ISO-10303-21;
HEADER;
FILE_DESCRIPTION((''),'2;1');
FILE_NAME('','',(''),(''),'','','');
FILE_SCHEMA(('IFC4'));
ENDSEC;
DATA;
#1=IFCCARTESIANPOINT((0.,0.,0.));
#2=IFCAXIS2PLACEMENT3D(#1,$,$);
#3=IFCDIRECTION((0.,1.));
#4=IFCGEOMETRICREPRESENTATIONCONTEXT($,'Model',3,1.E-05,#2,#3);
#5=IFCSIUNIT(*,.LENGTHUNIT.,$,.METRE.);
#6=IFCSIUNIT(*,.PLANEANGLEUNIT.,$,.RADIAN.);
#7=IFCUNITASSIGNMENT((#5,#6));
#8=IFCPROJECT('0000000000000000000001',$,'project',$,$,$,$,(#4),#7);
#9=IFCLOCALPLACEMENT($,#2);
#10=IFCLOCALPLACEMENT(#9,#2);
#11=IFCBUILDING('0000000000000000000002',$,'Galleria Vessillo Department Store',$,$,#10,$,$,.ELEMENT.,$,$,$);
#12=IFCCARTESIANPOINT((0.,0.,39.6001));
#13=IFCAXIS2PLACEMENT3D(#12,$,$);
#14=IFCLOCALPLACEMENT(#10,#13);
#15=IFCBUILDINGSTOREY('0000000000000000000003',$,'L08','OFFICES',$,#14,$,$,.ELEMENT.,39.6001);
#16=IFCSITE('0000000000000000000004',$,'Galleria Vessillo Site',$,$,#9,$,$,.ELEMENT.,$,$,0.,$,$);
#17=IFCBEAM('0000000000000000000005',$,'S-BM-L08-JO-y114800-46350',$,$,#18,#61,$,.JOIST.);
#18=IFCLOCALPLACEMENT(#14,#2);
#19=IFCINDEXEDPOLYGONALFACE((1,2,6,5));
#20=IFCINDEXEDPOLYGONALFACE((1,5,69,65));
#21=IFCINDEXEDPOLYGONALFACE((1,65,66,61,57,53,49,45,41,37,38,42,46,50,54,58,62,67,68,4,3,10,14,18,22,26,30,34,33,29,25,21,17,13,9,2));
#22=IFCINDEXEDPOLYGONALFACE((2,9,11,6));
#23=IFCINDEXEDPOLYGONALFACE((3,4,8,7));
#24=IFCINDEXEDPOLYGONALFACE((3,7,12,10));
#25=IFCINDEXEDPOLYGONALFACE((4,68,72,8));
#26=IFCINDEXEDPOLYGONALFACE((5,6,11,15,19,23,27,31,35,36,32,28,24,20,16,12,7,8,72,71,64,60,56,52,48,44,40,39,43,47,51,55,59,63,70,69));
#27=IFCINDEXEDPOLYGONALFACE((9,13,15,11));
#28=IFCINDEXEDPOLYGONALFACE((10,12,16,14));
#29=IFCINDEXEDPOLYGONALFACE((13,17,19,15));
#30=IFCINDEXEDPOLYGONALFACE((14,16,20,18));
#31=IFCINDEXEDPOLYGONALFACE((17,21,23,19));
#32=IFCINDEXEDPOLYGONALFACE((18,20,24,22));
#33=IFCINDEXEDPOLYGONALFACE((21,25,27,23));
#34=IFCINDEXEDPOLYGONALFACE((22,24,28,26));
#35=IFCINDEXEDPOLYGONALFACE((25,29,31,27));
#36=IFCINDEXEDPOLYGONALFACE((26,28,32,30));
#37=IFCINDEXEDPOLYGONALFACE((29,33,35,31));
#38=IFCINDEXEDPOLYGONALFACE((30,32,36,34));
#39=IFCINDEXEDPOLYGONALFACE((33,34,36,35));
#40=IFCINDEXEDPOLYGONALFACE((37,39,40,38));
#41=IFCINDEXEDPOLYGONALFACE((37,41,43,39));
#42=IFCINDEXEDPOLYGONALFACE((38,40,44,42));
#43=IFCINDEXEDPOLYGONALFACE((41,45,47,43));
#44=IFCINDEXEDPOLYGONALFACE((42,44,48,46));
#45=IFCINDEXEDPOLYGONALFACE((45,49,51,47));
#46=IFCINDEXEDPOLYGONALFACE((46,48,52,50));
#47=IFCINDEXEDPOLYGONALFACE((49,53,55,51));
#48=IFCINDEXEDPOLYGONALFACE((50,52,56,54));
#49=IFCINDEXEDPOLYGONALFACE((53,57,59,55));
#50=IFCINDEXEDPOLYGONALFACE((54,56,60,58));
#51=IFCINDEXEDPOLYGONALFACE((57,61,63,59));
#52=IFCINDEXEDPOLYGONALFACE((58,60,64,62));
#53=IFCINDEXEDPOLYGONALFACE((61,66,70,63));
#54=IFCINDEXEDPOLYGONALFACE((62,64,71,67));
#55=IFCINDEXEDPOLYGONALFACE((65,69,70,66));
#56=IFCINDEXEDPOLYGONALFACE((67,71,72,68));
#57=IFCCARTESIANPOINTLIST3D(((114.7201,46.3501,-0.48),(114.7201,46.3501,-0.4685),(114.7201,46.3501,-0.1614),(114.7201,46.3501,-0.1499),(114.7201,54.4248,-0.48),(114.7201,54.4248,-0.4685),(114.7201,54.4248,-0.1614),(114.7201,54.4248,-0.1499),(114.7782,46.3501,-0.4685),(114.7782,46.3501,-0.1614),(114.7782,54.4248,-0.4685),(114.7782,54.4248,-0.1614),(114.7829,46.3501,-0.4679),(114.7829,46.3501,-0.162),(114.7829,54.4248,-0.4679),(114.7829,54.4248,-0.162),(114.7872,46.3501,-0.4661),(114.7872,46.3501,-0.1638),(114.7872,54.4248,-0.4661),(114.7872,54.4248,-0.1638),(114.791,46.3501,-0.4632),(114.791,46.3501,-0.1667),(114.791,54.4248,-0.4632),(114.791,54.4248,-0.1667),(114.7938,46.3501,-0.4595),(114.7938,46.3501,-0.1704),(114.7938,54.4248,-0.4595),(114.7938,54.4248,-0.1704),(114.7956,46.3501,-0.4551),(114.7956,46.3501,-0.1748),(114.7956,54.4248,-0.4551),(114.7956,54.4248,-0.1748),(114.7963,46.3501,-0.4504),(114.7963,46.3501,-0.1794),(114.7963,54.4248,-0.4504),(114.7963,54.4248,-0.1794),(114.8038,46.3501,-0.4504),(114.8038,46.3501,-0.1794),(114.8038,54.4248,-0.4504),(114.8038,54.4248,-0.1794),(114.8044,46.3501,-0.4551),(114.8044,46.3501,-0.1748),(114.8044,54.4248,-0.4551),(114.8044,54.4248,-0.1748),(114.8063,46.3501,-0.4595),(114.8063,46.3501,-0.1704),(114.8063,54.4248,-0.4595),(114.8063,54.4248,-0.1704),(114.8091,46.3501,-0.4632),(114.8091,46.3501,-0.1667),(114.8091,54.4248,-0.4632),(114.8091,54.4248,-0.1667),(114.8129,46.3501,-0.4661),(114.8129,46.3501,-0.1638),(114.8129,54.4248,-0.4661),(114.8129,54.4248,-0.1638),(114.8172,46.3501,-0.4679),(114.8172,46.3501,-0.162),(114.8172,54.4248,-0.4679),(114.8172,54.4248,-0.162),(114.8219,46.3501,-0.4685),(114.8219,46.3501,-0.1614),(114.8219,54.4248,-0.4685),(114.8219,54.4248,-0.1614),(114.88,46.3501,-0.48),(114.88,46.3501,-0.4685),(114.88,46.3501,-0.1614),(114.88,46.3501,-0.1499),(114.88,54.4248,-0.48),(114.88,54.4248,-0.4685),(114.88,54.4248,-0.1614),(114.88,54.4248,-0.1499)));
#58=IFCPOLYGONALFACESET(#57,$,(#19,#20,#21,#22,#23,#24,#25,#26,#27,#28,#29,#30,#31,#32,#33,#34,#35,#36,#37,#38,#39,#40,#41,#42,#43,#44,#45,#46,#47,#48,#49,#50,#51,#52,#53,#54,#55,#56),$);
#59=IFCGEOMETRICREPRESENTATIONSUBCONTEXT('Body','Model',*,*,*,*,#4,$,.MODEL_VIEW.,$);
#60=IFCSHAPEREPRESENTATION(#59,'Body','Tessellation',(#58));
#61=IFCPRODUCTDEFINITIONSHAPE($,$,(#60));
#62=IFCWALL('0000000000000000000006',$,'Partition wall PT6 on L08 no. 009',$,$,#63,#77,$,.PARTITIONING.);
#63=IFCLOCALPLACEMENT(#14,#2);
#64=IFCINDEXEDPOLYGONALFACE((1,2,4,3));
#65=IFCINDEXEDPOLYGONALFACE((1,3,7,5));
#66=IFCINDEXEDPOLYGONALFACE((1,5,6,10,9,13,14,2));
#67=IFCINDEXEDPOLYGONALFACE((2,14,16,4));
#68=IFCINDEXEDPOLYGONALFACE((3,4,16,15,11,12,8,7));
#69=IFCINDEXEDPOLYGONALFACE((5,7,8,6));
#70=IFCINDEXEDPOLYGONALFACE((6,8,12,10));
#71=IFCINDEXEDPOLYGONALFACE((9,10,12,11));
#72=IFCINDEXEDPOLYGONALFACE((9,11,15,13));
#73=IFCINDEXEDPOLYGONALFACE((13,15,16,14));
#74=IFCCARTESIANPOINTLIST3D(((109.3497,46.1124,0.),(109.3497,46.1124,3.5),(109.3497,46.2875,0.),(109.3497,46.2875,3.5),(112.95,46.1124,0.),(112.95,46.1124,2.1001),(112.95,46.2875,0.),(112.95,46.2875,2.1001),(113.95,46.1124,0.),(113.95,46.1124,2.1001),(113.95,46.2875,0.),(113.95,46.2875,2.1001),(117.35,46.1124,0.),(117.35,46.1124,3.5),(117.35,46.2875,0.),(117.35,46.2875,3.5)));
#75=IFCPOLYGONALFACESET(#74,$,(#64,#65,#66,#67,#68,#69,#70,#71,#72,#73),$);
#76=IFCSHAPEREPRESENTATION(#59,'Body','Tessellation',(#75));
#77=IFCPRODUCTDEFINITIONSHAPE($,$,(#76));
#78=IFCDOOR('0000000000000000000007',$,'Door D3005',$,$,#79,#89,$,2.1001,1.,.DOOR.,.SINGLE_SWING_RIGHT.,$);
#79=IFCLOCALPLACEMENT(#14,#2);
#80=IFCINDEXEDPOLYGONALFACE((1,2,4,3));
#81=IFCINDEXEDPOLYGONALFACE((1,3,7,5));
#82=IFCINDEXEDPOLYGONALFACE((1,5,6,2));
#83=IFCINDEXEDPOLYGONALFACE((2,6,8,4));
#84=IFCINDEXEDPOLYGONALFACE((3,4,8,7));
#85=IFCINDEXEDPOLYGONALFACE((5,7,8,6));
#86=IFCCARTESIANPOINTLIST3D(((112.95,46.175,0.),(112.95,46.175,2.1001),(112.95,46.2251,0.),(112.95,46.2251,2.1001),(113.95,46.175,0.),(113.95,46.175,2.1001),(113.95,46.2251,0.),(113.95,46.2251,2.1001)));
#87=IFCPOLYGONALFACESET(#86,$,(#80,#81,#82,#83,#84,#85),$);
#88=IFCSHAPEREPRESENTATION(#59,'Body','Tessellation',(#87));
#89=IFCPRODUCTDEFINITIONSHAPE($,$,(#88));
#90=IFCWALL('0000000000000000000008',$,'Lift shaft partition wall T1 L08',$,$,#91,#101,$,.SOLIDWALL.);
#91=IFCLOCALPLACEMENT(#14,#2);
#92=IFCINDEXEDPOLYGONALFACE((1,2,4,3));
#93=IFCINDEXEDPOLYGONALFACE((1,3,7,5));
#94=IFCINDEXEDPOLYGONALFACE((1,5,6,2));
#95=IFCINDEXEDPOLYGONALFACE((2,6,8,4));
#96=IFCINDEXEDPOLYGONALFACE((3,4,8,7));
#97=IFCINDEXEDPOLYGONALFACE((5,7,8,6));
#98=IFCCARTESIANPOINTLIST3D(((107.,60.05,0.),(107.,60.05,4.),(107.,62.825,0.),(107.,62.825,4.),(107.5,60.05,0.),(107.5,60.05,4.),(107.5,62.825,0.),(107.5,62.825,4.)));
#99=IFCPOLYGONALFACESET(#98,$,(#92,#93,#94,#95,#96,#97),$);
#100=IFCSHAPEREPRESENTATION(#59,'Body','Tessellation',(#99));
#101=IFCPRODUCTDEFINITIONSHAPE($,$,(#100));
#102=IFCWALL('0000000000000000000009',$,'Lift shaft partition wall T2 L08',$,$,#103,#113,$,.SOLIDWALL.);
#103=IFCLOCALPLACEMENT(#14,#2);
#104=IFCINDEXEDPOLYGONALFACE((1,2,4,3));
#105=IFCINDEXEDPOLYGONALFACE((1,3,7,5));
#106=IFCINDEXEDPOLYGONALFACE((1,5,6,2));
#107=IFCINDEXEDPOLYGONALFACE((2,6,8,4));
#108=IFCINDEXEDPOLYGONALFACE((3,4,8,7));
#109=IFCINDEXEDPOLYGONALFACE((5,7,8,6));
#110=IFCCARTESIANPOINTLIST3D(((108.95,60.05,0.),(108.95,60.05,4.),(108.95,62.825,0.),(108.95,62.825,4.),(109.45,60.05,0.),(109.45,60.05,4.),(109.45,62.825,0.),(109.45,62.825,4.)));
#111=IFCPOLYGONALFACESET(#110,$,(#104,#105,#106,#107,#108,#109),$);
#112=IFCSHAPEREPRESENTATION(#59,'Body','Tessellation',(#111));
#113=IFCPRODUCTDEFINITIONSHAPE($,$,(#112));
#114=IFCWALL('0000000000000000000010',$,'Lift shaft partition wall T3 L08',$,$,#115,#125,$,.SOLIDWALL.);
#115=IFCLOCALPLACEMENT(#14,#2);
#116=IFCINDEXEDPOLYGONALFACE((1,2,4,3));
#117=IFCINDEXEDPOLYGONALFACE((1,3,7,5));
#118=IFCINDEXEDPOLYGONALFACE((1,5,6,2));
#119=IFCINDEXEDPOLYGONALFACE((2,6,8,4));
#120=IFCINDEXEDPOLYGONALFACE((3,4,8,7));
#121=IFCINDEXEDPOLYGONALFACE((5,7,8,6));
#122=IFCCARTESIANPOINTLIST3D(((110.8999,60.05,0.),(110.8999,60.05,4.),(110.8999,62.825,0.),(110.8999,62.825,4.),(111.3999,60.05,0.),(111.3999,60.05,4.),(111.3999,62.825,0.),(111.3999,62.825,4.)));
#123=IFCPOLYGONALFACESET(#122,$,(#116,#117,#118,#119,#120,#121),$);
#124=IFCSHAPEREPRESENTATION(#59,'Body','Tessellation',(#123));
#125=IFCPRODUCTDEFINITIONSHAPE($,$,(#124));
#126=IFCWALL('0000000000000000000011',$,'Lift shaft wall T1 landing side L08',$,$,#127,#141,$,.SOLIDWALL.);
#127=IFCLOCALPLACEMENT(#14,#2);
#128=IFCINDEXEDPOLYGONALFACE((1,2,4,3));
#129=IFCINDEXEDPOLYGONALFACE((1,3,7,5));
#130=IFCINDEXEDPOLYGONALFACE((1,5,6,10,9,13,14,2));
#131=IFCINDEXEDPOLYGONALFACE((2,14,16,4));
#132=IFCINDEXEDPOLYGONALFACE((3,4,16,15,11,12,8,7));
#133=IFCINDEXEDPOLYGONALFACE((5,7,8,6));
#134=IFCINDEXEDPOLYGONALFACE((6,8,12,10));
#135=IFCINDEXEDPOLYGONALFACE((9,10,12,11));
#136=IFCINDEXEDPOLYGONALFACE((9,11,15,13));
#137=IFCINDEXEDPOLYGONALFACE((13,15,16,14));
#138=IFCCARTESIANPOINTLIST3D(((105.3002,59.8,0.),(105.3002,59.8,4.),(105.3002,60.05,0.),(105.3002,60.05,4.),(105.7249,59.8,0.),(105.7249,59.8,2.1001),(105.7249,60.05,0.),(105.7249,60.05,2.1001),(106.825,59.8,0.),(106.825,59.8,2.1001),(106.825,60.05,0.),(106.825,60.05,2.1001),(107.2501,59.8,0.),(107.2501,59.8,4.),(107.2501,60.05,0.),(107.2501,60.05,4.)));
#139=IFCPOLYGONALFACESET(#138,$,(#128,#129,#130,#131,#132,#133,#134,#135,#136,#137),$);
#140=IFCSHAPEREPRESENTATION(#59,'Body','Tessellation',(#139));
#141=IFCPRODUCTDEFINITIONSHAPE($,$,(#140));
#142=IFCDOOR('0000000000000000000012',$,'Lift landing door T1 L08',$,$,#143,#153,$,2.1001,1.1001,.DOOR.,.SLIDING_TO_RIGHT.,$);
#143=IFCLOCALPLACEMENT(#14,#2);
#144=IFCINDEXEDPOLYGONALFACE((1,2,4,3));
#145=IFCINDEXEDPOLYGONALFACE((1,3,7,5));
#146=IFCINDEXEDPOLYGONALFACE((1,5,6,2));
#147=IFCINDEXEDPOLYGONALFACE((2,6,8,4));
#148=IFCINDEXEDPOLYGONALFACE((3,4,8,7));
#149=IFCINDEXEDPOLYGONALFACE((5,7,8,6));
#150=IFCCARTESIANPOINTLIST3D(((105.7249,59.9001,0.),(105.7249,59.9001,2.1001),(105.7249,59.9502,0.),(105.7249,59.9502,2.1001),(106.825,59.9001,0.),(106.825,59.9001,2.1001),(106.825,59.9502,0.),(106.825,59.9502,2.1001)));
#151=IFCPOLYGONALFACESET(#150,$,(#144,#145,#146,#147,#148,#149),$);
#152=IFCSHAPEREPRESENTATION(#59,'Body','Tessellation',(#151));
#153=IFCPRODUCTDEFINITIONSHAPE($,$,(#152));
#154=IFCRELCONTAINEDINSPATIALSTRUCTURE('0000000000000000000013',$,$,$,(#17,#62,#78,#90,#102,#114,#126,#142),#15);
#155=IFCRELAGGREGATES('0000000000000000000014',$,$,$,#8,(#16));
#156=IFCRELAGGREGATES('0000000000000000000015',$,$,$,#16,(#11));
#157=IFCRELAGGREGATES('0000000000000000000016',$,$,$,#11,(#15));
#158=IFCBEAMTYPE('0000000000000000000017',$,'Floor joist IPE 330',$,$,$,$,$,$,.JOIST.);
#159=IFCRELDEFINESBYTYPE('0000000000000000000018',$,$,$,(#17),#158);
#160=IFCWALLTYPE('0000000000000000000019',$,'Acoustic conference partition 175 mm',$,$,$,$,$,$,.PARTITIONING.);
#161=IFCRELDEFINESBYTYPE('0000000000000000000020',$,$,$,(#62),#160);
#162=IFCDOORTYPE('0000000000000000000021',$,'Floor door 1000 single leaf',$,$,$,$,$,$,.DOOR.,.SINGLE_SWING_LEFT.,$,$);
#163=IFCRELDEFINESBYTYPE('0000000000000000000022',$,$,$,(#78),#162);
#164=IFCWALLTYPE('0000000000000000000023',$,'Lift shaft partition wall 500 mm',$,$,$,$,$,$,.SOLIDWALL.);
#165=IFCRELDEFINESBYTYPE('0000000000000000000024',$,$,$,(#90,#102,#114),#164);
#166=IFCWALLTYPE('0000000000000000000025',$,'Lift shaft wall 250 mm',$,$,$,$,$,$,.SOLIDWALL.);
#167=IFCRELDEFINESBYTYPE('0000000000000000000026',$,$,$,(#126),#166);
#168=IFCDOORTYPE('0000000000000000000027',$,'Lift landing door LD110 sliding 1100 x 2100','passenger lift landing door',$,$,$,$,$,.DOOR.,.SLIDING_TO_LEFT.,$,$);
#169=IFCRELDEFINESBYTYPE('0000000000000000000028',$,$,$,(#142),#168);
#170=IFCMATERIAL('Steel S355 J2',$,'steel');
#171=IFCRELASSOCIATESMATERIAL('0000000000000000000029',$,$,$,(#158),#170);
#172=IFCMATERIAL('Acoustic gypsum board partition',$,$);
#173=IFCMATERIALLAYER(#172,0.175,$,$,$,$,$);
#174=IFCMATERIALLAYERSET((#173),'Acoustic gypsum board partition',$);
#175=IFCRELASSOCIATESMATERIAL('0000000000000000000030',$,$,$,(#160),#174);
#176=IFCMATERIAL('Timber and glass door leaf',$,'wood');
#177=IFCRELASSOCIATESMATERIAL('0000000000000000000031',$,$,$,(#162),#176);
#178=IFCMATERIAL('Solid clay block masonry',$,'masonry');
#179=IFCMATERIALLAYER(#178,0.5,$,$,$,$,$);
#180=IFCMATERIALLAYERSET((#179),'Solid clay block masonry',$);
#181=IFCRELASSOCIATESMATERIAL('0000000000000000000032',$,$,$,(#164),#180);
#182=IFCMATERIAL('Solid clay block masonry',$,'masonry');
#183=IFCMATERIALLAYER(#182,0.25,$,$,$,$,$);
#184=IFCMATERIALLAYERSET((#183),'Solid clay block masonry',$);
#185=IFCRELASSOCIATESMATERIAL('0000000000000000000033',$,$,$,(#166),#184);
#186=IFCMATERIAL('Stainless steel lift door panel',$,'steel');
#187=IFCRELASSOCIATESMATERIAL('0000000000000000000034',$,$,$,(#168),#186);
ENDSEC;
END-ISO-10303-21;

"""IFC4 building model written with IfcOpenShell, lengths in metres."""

from ifc_helpers import new_model, si_unit, direction, frame, frame_2d, origin, origin_2d, place, context, subcontext, project, spatial, rectangle, i_section, extrude, material, layer, layer_set, material_profile, profile_set, type_object, element, fill, save


model = new_model("IFC4")

# Units and contexts
model_context = context("Model", 3, precision=1e-05, world=origin(), true_north=direction((0.0, 1.0)))
body_context = subcontext(model_context, "Body", "Model", "MODEL_VIEW")
ifc_project = project(units=[si_unit("LENGTHUNIT", "METRE"), si_unit("PLANEANGLEUNIT", "RADIAN")], contexts=[model_context])

# Site, building, storey
site_placement = place(None, origin())
site = spatial("IfcSite", under=ifc_project, at=site_placement, Name="Galleria Vessillo Site", CompositionType="ELEMENT", RefElevation=0.0)
building_placement = place(site_placement, origin())
building = spatial("IfcBuilding", under=site, at=building_placement, Name="Galleria Vessillo Department Store", CompositionType="ELEMENT")
storey_placement = place(building_placement, frame((0.0, 0.0, 39.6001)))
storey = spatial("IfcBuildingStorey", under=building, at=storey_placement, Name="L08", Description="OFFICES", CompositionType="ELEMENT", Elevation=39.6001)

# Beam
ifc_material_1 = material(Name="Steel S355 J2", Category="steel")
ifc_material_profile_1 = material_profile(ifc_material_1, i_section(OverallWidth=0.1599, OverallDepth=0.3301, WebThickness=0.0076, FlangeThickness=0.0115, FilletRadius=0.0181, at=origin_2d()), Name="IPE 330")
ifc_profile_set_1 = profile_set([ifc_material_profile_1], Name="Steel S355 J2")
beam_type_1 = type_object("IfcBeamType", Name="Floor joist IPE 330", PredefinedType="JOIST", material=ifc_profile_set_1)
for number, where, z_axis, x_axis, name in (
    (1, (114.8, 46.3501, -0.3149), (0.0, 1.0, 0.0), (-1.0, 0.0, 0.0), "S-BM-L08-JO-y114800-46350"),
):
    element("IfcBeam", number, at=place(storey_placement, frame(where, z_axis=z_axis, x_axis=x_axis)), inside=storey, type_object=beam_type_1, Name=name, PredefinedType="JOIST", context=body_context, shape_type="SweptSolid", body=[
        extrude(i_section(OverallWidth=0.1599, OverallDepth=0.3301, WebThickness=0.0076, FlangeThickness=0.0115, FilletRadius=0.0181, at=origin_2d()), origin(), (0.0, 0.0, 1.0), 8.0747),
    ])

# Wall, opening, door
ifc_material_2 = material(Name="Acoustic gypsum board partition")
ifc_layer_1 = layer(ifc_material_2, 0.175)
ifc_layer_set_1 = layer_set([ifc_layer_1], Name="Acoustic gypsum board partition")
wall_type_1 = type_object("IfcWallType", Name="Acoustic conference partition 175 mm", PredefinedType="PARTITIONING", material=ifc_layer_set_1)
wall_1_placement = place(storey_placement, frame((109.3499, 46.2, 0.0), z_axis=(0.0, 0.0, 1.0), x_axis=(1.0, 0.0, 0.0)))
wall_1 = element("IfcWall", 2, at=wall_1_placement, inside=storey, type_object=wall_type_1, Name="Partition wall PT6 on L08 no. 009", PredefinedType="PARTITIONING", context=body_context, shape_type="SweptSolid", body=[
    extrude(rectangle(XDim=8.0002, YDim=0.175, at=frame_2d((4.0, 0.0))), origin(), (0.0, 0.0, 1.0), 3.5),
])
opening_1_placement = place(wall_1_placement, frame((3.6001, 0.0, 0.0)))
opening_1 = element("IfcOpeningElement", 3, at=opening_1_placement, cuts=wall_1, PredefinedType="OPENING", context=body_context, shape_type="SweptSolid", body=[
    extrude(rectangle(XDim=1.0, YDim=2.1001, at=frame_2d((0.5, 1.05))), frame((0.0, 0.0977, 0.0), z_axis=(0.0, -1.0, 0.0), x_axis=(1.0, 0.0, 0.0)), (0.0, 0.0, 1.0), 0.1951),
])
ifc_material_3 = material(Name="Timber and glass door leaf", Category="wood")
door_type_1 = type_object("IfcDoorType", Name="Floor door 1000 single leaf", OperationType="SINGLE_SWING_LEFT", PredefinedType="DOOR", material=ifc_material_3)
door_1_placement = place(opening_1_placement, frame((1.0, 0.0, 0.0), z_axis=(0.0, 0.0, 1.0), x_axis=(-1.0, 0.0, 0.0)))
door_1 = element("IfcDoor", 4, at=door_1_placement, inside=storey, type_object=door_type_1, Name="Door D3005", OperationType="SINGLE_SWING_RIGHT", OverallHeight=2.1001, OverallWidth=1.0, PredefinedType="DOOR", context=body_context, shape_type="SweptSolid", body=[
    extrude(rectangle(XDim=1.0, YDim=2.1001, at=frame_2d((0.5, 1.05))), frame((0.0, 0.0249, 0.0), z_axis=(0.0, -1.0, 0.0), x_axis=(1.0, 0.0, 0.0)), (0.0, 0.0, 1.0), 0.05),
])
fill(opening_1, door_1)

# Walls
ifc_material_4 = material(Name="Solid clay block masonry", Category="masonry")
ifc_layer_2 = layer(ifc_material_4, 0.5)
ifc_layer_set_2 = layer_set([ifc_layer_2], Name="Solid clay block masonry")
wall_type_2 = type_object("IfcWallType", Name="Lift shaft partition wall 500 mm", PredefinedType="SOLIDWALL", material=ifc_layer_set_2)
for number, where, z_axis, x_axis, name in (
    (5, (107.25, 62.825, 0.0), (0.0, 0.0, 1.0), (0.0, -1.0, 0.0), "Lift shaft partition wall T1 L08"),
    (6, (109.2, 62.825, 0.0), (0.0, 0.0, 1.0), (0.0, -1.0, 0.0), "Lift shaft partition wall T2 L08"),
    (7, (111.1499, 62.825, 0.0), (0.0, 0.0, 1.0), (0.0, -1.0, 0.0), "Lift shaft partition wall T3 L08"),
):
    element("IfcWall", number, at=place(storey_placement, frame(where, z_axis=z_axis, x_axis=x_axis)), inside=storey, type_object=wall_type_2, Name=name, PredefinedType="SOLIDWALL", context=body_context, shape_type="SweptSolid", body=[
        extrude(rectangle(XDim=2.7749, YDim=0.5, at=frame_2d((1.3875, 0.0))), origin(), (0.0, 0.0, 1.0), 4.0),
    ])

# Wall, opening, door
ifc_material_5 = material(Name="Solid clay block masonry", Category="masonry")
ifc_layer_3 = layer(ifc_material_5, 0.25)
ifc_layer_set_3 = layer_set([ifc_layer_3], Name="Solid clay block masonry")
wall_type_3 = type_object("IfcWallType", Name="Lift shaft wall 250 mm", PredefinedType="SOLIDWALL", material=ifc_layer_set_3)
wall_2_placement = place(storey_placement, frame((105.3, 59.925, 0.0), z_axis=(0.0, 0.0, 1.0), x_axis=(1.0, 0.0, 0.0)))
wall_2 = element("IfcWall", 8, at=wall_2_placement, inside=storey, type_object=wall_type_3, Name="Lift shaft wall T1 landing side L08", PredefinedType="SOLIDWALL", context=body_context, shape_type="SweptSolid", body=[
    extrude(rectangle(XDim=1.95, YDim=0.25, at=frame_2d((0.9751, 0.0))), origin(), (0.0, 0.0, 1.0), 4.0),
])
opening_2_placement = place(wall_2_placement, frame((0.4248, 0.0, 0.0)))
opening_2 = element("IfcOpeningElement", 9, at=opening_2_placement, cuts=wall_2, PredefinedType="OPENING", context=body_context, shape_type="SweptSolid", body=[
    extrude(rectangle(XDim=1.1001, YDim=2.1001, at=frame_2d((0.55, 1.05))), frame((0.0, 0.135, 0.0), z_axis=(0.0, -1.0, 0.0), x_axis=(1.0, 0.0, 0.0)), (0.0, 0.0, 1.0), 0.27),
])
ifc_material_6 = material(Name="Stainless steel lift door panel", Category="steel")
door_type_2 = type_object("IfcDoorType", Name="Lift landing door LD110 sliding 1100 x 2100", Description="passenger lift landing door", OperationType="SLIDING_TO_LEFT", PredefinedType="DOOR", material=ifc_material_6)
door_2_placement = place(opening_2_placement, frame((1.1001, 0.0, 0.0), z_axis=(0.0, 0.0, 1.0), x_axis=(-1.0, 0.0, 0.0)))
door_2 = element("IfcDoor", 10, at=door_2_placement, inside=storey, type_object=door_type_2, Name="Lift landing door T1 L08", OperationType="SLIDING_TO_RIGHT", OverallHeight=2.1001, OverallWidth=1.1001, PredefinedType="DOOR", context=body_context, shape_type="SweptSolid", body=[
    extrude(rectangle(XDim=1.1001, YDim=2.1001, at=frame_2d((0.55, 1.05))), frame((0.0, 0.0249, 0.0), z_axis=(0.0, -1.0, 0.0), x_axis=(1.0, 0.0, 0.0)), (0.0, 0.0, 1.0), 0.05),
])
fill(opening_2, door_2)

save(model, "model.ifc")
